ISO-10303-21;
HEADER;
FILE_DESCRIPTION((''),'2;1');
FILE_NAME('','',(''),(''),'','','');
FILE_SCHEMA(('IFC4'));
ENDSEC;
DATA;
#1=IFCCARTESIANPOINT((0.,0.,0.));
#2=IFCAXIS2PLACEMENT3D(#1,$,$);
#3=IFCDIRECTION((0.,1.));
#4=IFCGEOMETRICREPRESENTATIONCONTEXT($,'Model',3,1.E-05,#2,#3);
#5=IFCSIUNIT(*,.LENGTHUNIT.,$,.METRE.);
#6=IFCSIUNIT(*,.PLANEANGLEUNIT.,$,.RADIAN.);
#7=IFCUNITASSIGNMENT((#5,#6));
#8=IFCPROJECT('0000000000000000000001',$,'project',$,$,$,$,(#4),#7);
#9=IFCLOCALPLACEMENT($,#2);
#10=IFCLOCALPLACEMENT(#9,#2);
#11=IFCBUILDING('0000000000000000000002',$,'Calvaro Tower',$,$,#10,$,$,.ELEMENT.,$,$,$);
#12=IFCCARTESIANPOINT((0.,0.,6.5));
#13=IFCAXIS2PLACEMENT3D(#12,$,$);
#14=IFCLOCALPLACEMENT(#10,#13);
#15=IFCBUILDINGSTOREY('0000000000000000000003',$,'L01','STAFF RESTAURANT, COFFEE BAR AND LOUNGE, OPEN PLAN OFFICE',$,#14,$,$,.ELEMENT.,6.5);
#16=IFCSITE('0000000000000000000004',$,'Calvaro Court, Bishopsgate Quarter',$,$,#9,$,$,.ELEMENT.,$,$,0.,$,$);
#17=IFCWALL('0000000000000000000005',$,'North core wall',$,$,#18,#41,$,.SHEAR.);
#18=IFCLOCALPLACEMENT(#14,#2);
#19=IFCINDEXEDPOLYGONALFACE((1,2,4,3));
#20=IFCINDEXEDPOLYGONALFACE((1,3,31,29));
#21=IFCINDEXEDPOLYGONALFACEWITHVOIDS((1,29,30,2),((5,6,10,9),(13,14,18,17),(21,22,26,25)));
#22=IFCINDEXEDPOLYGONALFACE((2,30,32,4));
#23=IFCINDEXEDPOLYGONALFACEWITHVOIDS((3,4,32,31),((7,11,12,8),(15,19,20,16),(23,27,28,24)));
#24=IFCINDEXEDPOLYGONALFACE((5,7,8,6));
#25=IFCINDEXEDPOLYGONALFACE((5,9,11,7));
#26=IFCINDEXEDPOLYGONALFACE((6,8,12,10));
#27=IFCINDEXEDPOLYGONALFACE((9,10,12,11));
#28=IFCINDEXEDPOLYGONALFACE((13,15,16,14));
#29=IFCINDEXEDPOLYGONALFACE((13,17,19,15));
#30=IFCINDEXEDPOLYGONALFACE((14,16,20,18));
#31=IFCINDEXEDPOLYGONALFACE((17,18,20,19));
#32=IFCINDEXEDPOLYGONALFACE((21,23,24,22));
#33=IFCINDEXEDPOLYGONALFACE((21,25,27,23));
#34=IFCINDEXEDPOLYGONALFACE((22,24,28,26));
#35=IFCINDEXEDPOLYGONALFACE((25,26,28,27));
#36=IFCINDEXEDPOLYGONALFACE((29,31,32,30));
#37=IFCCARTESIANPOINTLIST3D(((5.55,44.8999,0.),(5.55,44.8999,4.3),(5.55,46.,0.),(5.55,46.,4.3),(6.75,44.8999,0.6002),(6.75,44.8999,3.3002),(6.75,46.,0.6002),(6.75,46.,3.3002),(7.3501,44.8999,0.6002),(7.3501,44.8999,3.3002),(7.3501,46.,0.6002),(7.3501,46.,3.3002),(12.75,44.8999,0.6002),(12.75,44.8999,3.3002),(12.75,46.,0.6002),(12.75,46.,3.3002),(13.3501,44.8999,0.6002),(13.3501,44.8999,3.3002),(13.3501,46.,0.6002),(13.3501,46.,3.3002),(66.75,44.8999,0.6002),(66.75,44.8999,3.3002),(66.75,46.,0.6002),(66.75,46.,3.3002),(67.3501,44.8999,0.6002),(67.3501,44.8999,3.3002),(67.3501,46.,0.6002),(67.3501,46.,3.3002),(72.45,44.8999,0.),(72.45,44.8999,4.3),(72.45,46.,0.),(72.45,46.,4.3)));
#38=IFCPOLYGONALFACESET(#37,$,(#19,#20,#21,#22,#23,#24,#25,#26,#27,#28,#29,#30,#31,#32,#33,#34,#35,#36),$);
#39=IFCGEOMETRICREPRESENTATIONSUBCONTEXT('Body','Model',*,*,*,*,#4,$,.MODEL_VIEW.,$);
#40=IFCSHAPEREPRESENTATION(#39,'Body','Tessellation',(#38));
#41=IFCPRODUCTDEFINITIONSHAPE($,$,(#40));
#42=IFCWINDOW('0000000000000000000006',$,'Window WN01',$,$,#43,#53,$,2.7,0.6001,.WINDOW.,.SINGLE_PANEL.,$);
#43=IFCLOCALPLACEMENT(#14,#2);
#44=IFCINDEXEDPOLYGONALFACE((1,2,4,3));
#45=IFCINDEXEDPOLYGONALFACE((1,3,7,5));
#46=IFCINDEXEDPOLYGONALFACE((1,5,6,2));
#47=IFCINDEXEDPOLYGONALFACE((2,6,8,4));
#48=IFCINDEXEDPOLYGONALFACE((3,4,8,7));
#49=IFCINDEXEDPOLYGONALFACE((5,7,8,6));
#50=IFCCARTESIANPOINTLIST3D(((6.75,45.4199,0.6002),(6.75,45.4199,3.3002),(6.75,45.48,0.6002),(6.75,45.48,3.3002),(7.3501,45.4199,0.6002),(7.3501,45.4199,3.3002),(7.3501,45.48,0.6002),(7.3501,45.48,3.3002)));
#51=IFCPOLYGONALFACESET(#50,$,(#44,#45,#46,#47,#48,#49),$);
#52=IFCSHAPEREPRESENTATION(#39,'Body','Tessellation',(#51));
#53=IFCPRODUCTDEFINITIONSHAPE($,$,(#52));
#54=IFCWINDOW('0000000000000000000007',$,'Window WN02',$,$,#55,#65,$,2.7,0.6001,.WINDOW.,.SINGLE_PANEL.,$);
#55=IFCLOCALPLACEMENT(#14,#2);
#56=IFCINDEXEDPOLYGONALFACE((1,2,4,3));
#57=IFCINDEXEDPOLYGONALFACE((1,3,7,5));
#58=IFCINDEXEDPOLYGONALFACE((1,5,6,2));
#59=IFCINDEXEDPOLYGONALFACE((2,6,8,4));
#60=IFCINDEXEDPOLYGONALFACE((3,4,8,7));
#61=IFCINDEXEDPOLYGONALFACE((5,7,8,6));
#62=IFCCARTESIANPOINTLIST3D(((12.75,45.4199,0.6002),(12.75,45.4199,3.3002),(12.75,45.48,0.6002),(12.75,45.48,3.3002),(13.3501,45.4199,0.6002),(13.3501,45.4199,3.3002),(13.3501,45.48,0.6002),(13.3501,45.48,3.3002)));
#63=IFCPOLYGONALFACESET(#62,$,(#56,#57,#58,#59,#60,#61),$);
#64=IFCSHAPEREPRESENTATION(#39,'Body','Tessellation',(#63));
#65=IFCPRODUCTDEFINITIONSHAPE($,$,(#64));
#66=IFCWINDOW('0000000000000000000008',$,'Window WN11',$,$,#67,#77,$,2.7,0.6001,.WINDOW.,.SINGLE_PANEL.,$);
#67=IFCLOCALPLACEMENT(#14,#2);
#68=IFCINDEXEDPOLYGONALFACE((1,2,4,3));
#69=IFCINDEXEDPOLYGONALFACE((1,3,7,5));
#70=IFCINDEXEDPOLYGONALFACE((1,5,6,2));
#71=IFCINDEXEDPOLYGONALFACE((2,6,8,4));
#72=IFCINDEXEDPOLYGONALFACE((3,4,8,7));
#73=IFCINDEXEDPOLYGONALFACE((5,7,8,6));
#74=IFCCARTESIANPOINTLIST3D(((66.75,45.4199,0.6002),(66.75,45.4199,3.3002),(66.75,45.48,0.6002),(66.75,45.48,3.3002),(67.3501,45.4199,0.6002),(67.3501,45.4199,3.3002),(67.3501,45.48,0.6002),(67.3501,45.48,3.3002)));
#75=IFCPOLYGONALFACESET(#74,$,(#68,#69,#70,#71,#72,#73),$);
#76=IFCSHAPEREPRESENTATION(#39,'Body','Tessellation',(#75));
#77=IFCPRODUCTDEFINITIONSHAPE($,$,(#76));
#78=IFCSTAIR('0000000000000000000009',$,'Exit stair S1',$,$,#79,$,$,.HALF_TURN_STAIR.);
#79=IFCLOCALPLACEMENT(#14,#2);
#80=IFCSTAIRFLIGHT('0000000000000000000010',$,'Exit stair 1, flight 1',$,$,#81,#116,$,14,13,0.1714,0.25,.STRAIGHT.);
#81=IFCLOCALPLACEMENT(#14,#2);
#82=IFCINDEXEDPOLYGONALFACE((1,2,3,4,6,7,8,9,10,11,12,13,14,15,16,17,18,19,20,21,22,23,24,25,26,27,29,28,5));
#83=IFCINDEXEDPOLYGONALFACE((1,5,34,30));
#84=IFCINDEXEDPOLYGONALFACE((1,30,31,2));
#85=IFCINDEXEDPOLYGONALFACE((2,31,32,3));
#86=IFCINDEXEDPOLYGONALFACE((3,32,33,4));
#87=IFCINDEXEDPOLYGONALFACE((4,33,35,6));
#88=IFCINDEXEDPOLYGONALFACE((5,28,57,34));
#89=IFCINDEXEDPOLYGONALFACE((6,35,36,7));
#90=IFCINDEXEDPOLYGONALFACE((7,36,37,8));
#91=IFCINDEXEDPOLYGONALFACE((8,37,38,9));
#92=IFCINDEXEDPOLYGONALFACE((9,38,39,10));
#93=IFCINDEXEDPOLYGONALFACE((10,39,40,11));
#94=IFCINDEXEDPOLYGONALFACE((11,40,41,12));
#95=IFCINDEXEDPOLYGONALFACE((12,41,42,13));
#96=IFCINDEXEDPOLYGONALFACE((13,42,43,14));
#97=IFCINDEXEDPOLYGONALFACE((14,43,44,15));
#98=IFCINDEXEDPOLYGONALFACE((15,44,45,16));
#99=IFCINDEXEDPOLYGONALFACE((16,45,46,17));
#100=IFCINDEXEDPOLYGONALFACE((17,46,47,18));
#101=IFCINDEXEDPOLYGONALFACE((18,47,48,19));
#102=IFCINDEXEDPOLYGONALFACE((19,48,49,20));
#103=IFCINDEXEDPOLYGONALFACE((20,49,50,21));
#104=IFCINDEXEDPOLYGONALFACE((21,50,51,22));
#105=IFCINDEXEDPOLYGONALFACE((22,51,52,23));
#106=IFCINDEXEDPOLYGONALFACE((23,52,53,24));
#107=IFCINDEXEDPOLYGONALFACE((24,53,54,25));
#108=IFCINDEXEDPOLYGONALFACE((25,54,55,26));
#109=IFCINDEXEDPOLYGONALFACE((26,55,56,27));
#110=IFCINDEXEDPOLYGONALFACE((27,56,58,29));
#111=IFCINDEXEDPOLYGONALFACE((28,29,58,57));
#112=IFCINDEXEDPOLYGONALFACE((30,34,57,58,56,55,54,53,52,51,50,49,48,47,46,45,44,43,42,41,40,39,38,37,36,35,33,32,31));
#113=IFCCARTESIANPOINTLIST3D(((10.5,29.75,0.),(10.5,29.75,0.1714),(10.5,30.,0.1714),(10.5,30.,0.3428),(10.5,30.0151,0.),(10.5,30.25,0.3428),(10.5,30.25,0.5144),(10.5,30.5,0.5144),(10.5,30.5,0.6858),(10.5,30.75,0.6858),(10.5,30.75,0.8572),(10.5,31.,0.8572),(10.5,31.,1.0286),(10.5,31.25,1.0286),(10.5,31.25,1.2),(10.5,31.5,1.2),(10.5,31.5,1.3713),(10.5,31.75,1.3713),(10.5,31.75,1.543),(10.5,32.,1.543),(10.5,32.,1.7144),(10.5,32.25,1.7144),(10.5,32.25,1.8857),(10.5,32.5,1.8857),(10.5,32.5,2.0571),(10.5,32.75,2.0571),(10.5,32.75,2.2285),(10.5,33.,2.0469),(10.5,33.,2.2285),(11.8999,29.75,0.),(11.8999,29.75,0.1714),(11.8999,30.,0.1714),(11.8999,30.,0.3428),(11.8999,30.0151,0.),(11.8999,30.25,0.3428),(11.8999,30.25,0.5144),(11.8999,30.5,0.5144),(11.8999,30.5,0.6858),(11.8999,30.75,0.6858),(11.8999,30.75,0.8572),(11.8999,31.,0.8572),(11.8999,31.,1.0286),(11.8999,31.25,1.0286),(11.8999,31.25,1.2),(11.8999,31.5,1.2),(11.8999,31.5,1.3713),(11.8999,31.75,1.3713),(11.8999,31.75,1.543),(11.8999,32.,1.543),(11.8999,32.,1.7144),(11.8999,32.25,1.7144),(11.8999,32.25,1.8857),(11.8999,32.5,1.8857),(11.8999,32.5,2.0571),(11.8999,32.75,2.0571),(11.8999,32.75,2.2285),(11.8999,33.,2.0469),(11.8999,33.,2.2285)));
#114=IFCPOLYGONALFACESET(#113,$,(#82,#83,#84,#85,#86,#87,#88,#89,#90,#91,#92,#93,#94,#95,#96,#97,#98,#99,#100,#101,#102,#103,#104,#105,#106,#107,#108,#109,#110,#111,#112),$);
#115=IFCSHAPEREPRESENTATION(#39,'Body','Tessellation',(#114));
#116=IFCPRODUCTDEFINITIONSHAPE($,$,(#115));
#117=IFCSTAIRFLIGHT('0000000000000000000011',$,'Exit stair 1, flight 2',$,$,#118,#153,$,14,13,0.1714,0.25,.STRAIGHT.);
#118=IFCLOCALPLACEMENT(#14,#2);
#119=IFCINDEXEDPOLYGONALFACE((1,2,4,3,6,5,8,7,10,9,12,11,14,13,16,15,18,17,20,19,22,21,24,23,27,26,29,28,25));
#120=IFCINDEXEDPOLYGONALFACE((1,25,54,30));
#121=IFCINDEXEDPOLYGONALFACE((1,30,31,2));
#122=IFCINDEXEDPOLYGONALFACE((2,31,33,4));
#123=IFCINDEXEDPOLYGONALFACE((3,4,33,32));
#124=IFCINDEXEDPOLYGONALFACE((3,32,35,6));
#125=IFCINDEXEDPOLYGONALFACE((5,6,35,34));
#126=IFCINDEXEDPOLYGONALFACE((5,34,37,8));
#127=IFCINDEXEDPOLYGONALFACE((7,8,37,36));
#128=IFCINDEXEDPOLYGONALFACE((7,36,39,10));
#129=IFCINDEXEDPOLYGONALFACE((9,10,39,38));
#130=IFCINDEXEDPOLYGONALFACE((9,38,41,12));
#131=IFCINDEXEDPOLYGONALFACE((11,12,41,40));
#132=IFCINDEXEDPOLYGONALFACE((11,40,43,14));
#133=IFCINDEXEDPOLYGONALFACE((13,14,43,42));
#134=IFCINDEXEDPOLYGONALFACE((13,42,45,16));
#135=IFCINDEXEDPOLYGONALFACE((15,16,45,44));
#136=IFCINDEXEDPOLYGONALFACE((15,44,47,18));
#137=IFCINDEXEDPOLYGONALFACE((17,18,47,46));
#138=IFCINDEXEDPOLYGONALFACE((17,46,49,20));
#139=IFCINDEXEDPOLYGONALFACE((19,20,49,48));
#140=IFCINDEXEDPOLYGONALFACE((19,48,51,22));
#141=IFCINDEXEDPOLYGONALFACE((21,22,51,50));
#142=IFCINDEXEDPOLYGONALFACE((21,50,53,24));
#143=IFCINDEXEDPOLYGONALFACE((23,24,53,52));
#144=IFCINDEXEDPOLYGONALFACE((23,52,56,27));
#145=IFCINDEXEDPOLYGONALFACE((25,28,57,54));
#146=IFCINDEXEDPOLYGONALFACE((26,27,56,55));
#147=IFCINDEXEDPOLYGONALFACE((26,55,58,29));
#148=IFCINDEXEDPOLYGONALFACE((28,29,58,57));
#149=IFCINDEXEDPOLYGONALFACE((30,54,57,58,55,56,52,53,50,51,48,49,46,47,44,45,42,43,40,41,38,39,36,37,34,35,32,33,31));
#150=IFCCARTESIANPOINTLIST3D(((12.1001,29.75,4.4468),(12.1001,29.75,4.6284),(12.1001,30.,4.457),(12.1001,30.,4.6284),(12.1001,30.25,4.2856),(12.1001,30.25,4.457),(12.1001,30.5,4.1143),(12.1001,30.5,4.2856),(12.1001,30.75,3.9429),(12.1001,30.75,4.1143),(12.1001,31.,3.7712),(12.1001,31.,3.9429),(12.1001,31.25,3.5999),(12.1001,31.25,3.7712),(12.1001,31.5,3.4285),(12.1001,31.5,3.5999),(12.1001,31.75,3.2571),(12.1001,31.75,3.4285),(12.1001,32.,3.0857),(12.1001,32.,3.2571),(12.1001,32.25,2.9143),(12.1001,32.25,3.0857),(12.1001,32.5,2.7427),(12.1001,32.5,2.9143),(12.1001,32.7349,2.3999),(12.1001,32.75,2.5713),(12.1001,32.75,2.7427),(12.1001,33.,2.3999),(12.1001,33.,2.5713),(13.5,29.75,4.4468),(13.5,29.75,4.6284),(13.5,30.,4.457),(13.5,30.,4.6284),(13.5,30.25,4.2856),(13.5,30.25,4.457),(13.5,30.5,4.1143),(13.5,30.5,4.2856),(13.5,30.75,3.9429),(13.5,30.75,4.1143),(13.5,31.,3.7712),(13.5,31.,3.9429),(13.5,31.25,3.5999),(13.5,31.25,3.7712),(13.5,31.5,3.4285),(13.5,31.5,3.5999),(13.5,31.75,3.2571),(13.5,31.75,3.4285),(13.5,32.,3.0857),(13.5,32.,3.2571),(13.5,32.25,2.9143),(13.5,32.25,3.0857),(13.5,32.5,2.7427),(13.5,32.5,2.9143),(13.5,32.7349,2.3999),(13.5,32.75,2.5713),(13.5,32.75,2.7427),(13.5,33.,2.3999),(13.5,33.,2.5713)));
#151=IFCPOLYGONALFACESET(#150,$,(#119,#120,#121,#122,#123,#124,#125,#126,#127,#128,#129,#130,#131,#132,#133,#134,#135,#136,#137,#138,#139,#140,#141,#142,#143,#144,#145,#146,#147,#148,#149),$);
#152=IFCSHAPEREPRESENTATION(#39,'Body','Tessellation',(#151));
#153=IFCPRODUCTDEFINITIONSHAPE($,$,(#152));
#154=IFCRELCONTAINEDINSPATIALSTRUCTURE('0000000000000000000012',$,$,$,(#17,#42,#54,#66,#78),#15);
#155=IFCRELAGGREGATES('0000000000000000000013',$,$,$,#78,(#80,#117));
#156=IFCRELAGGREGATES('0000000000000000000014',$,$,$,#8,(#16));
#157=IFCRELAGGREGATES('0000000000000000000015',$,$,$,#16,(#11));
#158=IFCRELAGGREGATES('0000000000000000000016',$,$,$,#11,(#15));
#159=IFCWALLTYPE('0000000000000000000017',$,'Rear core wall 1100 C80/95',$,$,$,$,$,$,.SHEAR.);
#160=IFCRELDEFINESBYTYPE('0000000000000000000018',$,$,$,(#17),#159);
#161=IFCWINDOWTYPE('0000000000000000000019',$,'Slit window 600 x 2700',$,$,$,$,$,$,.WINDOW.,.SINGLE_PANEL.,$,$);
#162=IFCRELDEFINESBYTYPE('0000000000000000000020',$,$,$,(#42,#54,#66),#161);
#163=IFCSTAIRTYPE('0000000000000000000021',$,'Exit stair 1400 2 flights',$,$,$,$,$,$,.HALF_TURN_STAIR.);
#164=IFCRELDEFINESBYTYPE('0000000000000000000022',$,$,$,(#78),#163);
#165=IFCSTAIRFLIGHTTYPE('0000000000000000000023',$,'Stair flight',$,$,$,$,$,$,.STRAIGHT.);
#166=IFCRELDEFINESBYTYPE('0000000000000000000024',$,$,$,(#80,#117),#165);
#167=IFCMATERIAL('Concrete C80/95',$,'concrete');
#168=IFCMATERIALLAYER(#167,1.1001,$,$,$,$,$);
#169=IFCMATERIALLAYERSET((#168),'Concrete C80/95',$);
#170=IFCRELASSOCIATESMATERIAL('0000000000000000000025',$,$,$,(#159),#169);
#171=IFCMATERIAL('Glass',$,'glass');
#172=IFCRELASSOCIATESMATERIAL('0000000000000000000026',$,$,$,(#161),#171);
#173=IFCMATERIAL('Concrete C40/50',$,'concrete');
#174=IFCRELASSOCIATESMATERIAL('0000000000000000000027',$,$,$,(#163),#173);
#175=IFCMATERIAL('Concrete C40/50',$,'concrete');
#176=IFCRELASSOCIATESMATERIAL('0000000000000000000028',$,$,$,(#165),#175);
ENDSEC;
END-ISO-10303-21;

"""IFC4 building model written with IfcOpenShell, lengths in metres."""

from ifc_helpers import new_model, si_unit, direction, frame, frame_2d, origin, place, context, subcontext, project, spatial, polyline, rectangle, outline, extrude, material, layer, layer_set, type_object, element, fill, aggregate, save


model = new_model("IFC4")

# Units and contexts
model_context = context("Model", 3, precision=1e-05, world=origin(), true_north=direction((0.0, 1.0)))
body_context = subcontext(model_context, "Body", "Model", "MODEL_VIEW")
ifc_project = project(units=[si_unit("LENGTHUNIT", "METRE"), si_unit("PLANEANGLEUNIT", "RADIAN")], contexts=[model_context])

# Site, building, storey
site_placement = place(None, origin())
site = spatial("IfcSite", under=ifc_project, at=site_placement, Name="Calvaro Court, Bishopsgate Quarter", CompositionType="ELEMENT", RefElevation=0.0)
building_placement = place(site_placement, origin())
building = spatial("IfcBuilding", under=site, at=building_placement, Name="Calvaro Tower", CompositionType="ELEMENT")
storey_placement = place(building_placement, frame((0.0, 0.0, 6.5)))
storey = spatial("IfcBuildingStorey", under=building, at=storey_placement, Name="L01", Description="STAFF RESTAURANT, COFFEE BAR AND LOUNGE, OPEN PLAN OFFICE", CompositionType="ELEMENT", Elevation=6.5)

# Wall, openings, windows
ifc_material_1 = material(Name="Concrete C80/95", Category="concrete")
ifc_layer_1 = layer(ifc_material_1, 1.1001)
ifc_layer_set_1 = layer_set([ifc_layer_1], Name="Concrete C80/95")
wall_type_1 = type_object("IfcWallType", Name="Rear core wall 1100 C80/95", PredefinedType="SHEAR", material=ifc_layer_set_1)
wall_1_placement = place(storey_placement, frame((5.55, 45.45, 0.0), z_axis=(0.0, 0.0, 1.0), x_axis=(1.0, 0.0, 0.0)))
wall_1 = element("IfcWall", 1, at=wall_1_placement, inside=storey, type_object=wall_type_1, Name="North core wall", PredefinedType="SHEAR", context=body_context, shape_type="SweptSolid", body=[
    extrude(rectangle(XDim=66.8999, YDim=1.1001, at=frame_2d((33.45, 0.0))), origin(), (0.0, 0.0, 1.0), 4.3),
])
opening_1_placement = place(wall_1_placement, frame((1.2, 0.0, 0.6001)))
opening_1 = element("IfcOpeningElement", 2, at=opening_1_placement, cuts=wall_1, PredefinedType="OPENING", context=body_context, shape_type="SweptSolid", body=[
    extrude(rectangle(XDim=0.6001, YDim=2.7, at=frame_2d((0.3, 1.3501))), frame((0.0, 0.5601, 0.0), z_axis=(0.0, -1.0, 0.0), x_axis=(1.0, 0.0, 0.0)), (0.0, 0.0, 1.0), 1.1201),
])
opening_2_placement = place(wall_1_placement, frame((7.2, 0.0, 0.6001)))
opening_2 = element("IfcOpeningElement", 3, at=opening_2_placement, cuts=wall_1, PredefinedType="OPENING", context=body_context, shape_type="SweptSolid", body=[
    extrude(rectangle(XDim=0.6001, YDim=2.7, at=frame_2d((0.3, 1.3501))), frame((0.0, 0.5601, 0.0), z_axis=(0.0, -1.0, 0.0), x_axis=(1.0, 0.0, 0.0)), (0.0, 0.0, 1.0), 1.1201),
])
opening_3_placement = place(wall_1_placement, frame((61.2, 0.0, 0.6001)))
opening_3 = element("IfcOpeningElement", 4, at=opening_3_placement, cuts=wall_1, PredefinedType="OPENING", context=body_context, shape_type="SweptSolid", body=[
    extrude(rectangle(XDim=0.6001, YDim=2.7, at=frame_2d((0.3, 1.3501))), frame((0.0, 0.5601, 0.0), z_axis=(0.0, -1.0, 0.0), x_axis=(1.0, 0.0, 0.0)), (0.0, 0.0, 1.0), 1.1201),
])
ifc_material_2 = material(Name="Glass", Category="glass")
window_type = type_object("IfcWindowType", Name="Slit window 600 x 2700", PartitioningType="SINGLE_PANEL", PredefinedType="WINDOW", material=ifc_material_2)
window_1_placement = place(opening_1_placement, origin())
window_1 = element("IfcWindow", 5, at=window_1_placement, inside=storey, type_object=window_type, Name="Window WN01", OverallHeight=2.7, OverallWidth=0.6001, PartitioningType="SINGLE_PANEL", PredefinedType="WINDOW", context=body_context, shape_type="SweptSolid", body=[
    extrude(rectangle(XDim=0.6001, YDim=2.7, at=frame_2d((0.3, 1.3501))), frame((0.0, 0.03, 0.0), z_axis=(0.0, -1.0, 0.0), x_axis=(1.0, 0.0, 0.0)), (0.0, 0.0, 1.0), 0.0601),
])
fill(opening_1, window_1)
window_2_placement = place(opening_2_placement, origin())
window_2 = element("IfcWindow", 6, at=window_2_placement, inside=storey, type_object=window_type, Name="Window WN02", OverallHeight=2.7, OverallWidth=0.6001, PartitioningType="SINGLE_PANEL", PredefinedType="WINDOW", context=body_context, shape_type="SweptSolid", body=[
    extrude(rectangle(XDim=0.6001, YDim=2.7, at=frame_2d((0.3, 1.3501))), frame((0.0, 0.03, 0.0), z_axis=(0.0, -1.0, 0.0), x_axis=(1.0, 0.0, 0.0)), (0.0, 0.0, 1.0), 0.0601),
])
fill(opening_2, window_2)
window_3_placement = place(opening_3_placement, origin())
window_3 = element("IfcWindow", 7, at=window_3_placement, inside=storey, type_object=window_type, Name="Window WN11", OverallHeight=2.7, OverallWidth=0.6001, PartitioningType="SINGLE_PANEL", PredefinedType="WINDOW", context=body_context, shape_type="SweptSolid", body=[
    extrude(rectangle(XDim=0.6001, YDim=2.7, at=frame_2d((0.3, 1.3501))), frame((0.0, 0.03, 0.0), z_axis=(0.0, -1.0, 0.0), x_axis=(1.0, 0.0, 0.0)), (0.0, 0.0, 1.0), 0.0601),
])
fill(opening_3, window_3)

# Stair, stair flights
ifc_material_3 = material(Name="Concrete C40/50", Category="concrete")
stair_type = type_object("IfcStairType", Name="Exit stair 1400 2 flights", PredefinedType="HALF_TURN_STAIR", material=ifc_material_3)
stair_placement = place(storey_placement, origin())
stair = element("IfcStair", 8, at=stair_placement, inside=storey, type_object=stair_type, Name="Exit stair S1", PredefinedType="HALF_TURN_STAIR")
ifc_material_4 = material(Name="Concrete C40/50", Category="concrete")
stair_flight_type = type_object("IfcStairFlightType", Name="Stair flight", PredefinedType="STRAIGHT", material=ifc_material_4)
stair_flight_1_placement = place(storey_placement, frame((11.2, 29.75, 0.0), z_axis=(0.0, 0.0, 1.0), x_axis=(0.0, 1.0, 0.0)))
stair_flight_1 = element("IfcStairFlight", 9, at=stair_flight_1_placement, type_object=stair_flight_type, Name="Exit stair 1, flight 1", NumberOfRisers=14, NumberOfTreads=13, PredefinedType="STRAIGHT", RiserHeight=0.1714, TreadLength=0.25, context=body_context, shape_type="SweptSolid", body=[
    extrude(outline(polyline([(0.0, 0.0), (0.0, 0.1714), (0.25, 0.1714), (0.25, 0.3428), (0.5, 0.3428), (0.5, 0.5144), (0.75, 0.5144), (0.75, 0.6858), (1.0, 0.6858), (1.0, 0.8572), (1.25, 0.8572), (1.25, 1.0286), (1.5, 1.0286), (1.5, 1.2), (1.75, 1.2), (1.75, 1.3713), (2.0, 1.3713), (2.0, 1.543), (2.25, 1.543), (2.25, 1.7144), (2.5, 1.7144), (2.5, 1.8857), (2.75, 1.8857), (2.75, 2.0571), (3.0, 2.0571), (3.0, 2.2285), (3.25, 2.2285), (3.25, 2.3999), (3.25, 2.0469), (0.2651, 0.0), (0.0, 0.0)])), frame((0.0, 0.7, 0.0), z_axis=(0.0, -1.0, 0.0), x_axis=(1.0, 0.0, 0.0)), (0.0, 0.0, 1.0), 1.3999),
])
stair_flight_2_placement = place(storey_placement, frame((12.8, 33.0, 2.3999), z_axis=(0.0, 0.0, 1.0), x_axis=(0.0, -1.0, 0.0)))
stair_flight_2 = element("IfcStairFlight", 10, at=stair_flight_2_placement, type_object=stair_flight_type, Name="Exit stair 1, flight 2", NumberOfRisers=14, NumberOfTreads=13, PredefinedType="STRAIGHT", RiserHeight=0.1714, TreadLength=0.25, context=body_context, shape_type="SweptSolid", body=[
    extrude(outline(polyline([(0.0, 0.0), (0.0, 0.1714), (0.25, 0.1714), (0.25, 0.3428), (0.5, 0.3428), (0.5, 0.5144), (0.75, 0.5144), (0.75, 0.6858), (1.0, 0.6858), (1.0, 0.8572), (1.25, 0.8572), (1.25, 1.0286), (1.5, 1.0286), (1.5, 1.2), (1.75, 1.2), (1.75, 1.3713), (2.0, 1.3713), (2.0, 1.543), (2.25, 1.543), (2.25, 1.7144), (2.5, 1.7144), (2.5, 1.8857), (2.75, 1.8857), (2.75, 2.0571), (3.0, 2.0571), (3.0, 2.2285), (3.25, 2.2285), (3.25, 2.3999), (3.25, 2.0469), (0.2651, 0.0), (0.0, 0.0)])), frame((0.0, 0.7, 0.0), z_axis=(0.0, -1.0, 0.0), x_axis=(1.0, 0.0, 0.0)), (0.0, 0.0, 1.0), 1.3999),
])
aggregate(stair, [stair_flight_1, stair_flight_2])

save(model, "model.ifc")
